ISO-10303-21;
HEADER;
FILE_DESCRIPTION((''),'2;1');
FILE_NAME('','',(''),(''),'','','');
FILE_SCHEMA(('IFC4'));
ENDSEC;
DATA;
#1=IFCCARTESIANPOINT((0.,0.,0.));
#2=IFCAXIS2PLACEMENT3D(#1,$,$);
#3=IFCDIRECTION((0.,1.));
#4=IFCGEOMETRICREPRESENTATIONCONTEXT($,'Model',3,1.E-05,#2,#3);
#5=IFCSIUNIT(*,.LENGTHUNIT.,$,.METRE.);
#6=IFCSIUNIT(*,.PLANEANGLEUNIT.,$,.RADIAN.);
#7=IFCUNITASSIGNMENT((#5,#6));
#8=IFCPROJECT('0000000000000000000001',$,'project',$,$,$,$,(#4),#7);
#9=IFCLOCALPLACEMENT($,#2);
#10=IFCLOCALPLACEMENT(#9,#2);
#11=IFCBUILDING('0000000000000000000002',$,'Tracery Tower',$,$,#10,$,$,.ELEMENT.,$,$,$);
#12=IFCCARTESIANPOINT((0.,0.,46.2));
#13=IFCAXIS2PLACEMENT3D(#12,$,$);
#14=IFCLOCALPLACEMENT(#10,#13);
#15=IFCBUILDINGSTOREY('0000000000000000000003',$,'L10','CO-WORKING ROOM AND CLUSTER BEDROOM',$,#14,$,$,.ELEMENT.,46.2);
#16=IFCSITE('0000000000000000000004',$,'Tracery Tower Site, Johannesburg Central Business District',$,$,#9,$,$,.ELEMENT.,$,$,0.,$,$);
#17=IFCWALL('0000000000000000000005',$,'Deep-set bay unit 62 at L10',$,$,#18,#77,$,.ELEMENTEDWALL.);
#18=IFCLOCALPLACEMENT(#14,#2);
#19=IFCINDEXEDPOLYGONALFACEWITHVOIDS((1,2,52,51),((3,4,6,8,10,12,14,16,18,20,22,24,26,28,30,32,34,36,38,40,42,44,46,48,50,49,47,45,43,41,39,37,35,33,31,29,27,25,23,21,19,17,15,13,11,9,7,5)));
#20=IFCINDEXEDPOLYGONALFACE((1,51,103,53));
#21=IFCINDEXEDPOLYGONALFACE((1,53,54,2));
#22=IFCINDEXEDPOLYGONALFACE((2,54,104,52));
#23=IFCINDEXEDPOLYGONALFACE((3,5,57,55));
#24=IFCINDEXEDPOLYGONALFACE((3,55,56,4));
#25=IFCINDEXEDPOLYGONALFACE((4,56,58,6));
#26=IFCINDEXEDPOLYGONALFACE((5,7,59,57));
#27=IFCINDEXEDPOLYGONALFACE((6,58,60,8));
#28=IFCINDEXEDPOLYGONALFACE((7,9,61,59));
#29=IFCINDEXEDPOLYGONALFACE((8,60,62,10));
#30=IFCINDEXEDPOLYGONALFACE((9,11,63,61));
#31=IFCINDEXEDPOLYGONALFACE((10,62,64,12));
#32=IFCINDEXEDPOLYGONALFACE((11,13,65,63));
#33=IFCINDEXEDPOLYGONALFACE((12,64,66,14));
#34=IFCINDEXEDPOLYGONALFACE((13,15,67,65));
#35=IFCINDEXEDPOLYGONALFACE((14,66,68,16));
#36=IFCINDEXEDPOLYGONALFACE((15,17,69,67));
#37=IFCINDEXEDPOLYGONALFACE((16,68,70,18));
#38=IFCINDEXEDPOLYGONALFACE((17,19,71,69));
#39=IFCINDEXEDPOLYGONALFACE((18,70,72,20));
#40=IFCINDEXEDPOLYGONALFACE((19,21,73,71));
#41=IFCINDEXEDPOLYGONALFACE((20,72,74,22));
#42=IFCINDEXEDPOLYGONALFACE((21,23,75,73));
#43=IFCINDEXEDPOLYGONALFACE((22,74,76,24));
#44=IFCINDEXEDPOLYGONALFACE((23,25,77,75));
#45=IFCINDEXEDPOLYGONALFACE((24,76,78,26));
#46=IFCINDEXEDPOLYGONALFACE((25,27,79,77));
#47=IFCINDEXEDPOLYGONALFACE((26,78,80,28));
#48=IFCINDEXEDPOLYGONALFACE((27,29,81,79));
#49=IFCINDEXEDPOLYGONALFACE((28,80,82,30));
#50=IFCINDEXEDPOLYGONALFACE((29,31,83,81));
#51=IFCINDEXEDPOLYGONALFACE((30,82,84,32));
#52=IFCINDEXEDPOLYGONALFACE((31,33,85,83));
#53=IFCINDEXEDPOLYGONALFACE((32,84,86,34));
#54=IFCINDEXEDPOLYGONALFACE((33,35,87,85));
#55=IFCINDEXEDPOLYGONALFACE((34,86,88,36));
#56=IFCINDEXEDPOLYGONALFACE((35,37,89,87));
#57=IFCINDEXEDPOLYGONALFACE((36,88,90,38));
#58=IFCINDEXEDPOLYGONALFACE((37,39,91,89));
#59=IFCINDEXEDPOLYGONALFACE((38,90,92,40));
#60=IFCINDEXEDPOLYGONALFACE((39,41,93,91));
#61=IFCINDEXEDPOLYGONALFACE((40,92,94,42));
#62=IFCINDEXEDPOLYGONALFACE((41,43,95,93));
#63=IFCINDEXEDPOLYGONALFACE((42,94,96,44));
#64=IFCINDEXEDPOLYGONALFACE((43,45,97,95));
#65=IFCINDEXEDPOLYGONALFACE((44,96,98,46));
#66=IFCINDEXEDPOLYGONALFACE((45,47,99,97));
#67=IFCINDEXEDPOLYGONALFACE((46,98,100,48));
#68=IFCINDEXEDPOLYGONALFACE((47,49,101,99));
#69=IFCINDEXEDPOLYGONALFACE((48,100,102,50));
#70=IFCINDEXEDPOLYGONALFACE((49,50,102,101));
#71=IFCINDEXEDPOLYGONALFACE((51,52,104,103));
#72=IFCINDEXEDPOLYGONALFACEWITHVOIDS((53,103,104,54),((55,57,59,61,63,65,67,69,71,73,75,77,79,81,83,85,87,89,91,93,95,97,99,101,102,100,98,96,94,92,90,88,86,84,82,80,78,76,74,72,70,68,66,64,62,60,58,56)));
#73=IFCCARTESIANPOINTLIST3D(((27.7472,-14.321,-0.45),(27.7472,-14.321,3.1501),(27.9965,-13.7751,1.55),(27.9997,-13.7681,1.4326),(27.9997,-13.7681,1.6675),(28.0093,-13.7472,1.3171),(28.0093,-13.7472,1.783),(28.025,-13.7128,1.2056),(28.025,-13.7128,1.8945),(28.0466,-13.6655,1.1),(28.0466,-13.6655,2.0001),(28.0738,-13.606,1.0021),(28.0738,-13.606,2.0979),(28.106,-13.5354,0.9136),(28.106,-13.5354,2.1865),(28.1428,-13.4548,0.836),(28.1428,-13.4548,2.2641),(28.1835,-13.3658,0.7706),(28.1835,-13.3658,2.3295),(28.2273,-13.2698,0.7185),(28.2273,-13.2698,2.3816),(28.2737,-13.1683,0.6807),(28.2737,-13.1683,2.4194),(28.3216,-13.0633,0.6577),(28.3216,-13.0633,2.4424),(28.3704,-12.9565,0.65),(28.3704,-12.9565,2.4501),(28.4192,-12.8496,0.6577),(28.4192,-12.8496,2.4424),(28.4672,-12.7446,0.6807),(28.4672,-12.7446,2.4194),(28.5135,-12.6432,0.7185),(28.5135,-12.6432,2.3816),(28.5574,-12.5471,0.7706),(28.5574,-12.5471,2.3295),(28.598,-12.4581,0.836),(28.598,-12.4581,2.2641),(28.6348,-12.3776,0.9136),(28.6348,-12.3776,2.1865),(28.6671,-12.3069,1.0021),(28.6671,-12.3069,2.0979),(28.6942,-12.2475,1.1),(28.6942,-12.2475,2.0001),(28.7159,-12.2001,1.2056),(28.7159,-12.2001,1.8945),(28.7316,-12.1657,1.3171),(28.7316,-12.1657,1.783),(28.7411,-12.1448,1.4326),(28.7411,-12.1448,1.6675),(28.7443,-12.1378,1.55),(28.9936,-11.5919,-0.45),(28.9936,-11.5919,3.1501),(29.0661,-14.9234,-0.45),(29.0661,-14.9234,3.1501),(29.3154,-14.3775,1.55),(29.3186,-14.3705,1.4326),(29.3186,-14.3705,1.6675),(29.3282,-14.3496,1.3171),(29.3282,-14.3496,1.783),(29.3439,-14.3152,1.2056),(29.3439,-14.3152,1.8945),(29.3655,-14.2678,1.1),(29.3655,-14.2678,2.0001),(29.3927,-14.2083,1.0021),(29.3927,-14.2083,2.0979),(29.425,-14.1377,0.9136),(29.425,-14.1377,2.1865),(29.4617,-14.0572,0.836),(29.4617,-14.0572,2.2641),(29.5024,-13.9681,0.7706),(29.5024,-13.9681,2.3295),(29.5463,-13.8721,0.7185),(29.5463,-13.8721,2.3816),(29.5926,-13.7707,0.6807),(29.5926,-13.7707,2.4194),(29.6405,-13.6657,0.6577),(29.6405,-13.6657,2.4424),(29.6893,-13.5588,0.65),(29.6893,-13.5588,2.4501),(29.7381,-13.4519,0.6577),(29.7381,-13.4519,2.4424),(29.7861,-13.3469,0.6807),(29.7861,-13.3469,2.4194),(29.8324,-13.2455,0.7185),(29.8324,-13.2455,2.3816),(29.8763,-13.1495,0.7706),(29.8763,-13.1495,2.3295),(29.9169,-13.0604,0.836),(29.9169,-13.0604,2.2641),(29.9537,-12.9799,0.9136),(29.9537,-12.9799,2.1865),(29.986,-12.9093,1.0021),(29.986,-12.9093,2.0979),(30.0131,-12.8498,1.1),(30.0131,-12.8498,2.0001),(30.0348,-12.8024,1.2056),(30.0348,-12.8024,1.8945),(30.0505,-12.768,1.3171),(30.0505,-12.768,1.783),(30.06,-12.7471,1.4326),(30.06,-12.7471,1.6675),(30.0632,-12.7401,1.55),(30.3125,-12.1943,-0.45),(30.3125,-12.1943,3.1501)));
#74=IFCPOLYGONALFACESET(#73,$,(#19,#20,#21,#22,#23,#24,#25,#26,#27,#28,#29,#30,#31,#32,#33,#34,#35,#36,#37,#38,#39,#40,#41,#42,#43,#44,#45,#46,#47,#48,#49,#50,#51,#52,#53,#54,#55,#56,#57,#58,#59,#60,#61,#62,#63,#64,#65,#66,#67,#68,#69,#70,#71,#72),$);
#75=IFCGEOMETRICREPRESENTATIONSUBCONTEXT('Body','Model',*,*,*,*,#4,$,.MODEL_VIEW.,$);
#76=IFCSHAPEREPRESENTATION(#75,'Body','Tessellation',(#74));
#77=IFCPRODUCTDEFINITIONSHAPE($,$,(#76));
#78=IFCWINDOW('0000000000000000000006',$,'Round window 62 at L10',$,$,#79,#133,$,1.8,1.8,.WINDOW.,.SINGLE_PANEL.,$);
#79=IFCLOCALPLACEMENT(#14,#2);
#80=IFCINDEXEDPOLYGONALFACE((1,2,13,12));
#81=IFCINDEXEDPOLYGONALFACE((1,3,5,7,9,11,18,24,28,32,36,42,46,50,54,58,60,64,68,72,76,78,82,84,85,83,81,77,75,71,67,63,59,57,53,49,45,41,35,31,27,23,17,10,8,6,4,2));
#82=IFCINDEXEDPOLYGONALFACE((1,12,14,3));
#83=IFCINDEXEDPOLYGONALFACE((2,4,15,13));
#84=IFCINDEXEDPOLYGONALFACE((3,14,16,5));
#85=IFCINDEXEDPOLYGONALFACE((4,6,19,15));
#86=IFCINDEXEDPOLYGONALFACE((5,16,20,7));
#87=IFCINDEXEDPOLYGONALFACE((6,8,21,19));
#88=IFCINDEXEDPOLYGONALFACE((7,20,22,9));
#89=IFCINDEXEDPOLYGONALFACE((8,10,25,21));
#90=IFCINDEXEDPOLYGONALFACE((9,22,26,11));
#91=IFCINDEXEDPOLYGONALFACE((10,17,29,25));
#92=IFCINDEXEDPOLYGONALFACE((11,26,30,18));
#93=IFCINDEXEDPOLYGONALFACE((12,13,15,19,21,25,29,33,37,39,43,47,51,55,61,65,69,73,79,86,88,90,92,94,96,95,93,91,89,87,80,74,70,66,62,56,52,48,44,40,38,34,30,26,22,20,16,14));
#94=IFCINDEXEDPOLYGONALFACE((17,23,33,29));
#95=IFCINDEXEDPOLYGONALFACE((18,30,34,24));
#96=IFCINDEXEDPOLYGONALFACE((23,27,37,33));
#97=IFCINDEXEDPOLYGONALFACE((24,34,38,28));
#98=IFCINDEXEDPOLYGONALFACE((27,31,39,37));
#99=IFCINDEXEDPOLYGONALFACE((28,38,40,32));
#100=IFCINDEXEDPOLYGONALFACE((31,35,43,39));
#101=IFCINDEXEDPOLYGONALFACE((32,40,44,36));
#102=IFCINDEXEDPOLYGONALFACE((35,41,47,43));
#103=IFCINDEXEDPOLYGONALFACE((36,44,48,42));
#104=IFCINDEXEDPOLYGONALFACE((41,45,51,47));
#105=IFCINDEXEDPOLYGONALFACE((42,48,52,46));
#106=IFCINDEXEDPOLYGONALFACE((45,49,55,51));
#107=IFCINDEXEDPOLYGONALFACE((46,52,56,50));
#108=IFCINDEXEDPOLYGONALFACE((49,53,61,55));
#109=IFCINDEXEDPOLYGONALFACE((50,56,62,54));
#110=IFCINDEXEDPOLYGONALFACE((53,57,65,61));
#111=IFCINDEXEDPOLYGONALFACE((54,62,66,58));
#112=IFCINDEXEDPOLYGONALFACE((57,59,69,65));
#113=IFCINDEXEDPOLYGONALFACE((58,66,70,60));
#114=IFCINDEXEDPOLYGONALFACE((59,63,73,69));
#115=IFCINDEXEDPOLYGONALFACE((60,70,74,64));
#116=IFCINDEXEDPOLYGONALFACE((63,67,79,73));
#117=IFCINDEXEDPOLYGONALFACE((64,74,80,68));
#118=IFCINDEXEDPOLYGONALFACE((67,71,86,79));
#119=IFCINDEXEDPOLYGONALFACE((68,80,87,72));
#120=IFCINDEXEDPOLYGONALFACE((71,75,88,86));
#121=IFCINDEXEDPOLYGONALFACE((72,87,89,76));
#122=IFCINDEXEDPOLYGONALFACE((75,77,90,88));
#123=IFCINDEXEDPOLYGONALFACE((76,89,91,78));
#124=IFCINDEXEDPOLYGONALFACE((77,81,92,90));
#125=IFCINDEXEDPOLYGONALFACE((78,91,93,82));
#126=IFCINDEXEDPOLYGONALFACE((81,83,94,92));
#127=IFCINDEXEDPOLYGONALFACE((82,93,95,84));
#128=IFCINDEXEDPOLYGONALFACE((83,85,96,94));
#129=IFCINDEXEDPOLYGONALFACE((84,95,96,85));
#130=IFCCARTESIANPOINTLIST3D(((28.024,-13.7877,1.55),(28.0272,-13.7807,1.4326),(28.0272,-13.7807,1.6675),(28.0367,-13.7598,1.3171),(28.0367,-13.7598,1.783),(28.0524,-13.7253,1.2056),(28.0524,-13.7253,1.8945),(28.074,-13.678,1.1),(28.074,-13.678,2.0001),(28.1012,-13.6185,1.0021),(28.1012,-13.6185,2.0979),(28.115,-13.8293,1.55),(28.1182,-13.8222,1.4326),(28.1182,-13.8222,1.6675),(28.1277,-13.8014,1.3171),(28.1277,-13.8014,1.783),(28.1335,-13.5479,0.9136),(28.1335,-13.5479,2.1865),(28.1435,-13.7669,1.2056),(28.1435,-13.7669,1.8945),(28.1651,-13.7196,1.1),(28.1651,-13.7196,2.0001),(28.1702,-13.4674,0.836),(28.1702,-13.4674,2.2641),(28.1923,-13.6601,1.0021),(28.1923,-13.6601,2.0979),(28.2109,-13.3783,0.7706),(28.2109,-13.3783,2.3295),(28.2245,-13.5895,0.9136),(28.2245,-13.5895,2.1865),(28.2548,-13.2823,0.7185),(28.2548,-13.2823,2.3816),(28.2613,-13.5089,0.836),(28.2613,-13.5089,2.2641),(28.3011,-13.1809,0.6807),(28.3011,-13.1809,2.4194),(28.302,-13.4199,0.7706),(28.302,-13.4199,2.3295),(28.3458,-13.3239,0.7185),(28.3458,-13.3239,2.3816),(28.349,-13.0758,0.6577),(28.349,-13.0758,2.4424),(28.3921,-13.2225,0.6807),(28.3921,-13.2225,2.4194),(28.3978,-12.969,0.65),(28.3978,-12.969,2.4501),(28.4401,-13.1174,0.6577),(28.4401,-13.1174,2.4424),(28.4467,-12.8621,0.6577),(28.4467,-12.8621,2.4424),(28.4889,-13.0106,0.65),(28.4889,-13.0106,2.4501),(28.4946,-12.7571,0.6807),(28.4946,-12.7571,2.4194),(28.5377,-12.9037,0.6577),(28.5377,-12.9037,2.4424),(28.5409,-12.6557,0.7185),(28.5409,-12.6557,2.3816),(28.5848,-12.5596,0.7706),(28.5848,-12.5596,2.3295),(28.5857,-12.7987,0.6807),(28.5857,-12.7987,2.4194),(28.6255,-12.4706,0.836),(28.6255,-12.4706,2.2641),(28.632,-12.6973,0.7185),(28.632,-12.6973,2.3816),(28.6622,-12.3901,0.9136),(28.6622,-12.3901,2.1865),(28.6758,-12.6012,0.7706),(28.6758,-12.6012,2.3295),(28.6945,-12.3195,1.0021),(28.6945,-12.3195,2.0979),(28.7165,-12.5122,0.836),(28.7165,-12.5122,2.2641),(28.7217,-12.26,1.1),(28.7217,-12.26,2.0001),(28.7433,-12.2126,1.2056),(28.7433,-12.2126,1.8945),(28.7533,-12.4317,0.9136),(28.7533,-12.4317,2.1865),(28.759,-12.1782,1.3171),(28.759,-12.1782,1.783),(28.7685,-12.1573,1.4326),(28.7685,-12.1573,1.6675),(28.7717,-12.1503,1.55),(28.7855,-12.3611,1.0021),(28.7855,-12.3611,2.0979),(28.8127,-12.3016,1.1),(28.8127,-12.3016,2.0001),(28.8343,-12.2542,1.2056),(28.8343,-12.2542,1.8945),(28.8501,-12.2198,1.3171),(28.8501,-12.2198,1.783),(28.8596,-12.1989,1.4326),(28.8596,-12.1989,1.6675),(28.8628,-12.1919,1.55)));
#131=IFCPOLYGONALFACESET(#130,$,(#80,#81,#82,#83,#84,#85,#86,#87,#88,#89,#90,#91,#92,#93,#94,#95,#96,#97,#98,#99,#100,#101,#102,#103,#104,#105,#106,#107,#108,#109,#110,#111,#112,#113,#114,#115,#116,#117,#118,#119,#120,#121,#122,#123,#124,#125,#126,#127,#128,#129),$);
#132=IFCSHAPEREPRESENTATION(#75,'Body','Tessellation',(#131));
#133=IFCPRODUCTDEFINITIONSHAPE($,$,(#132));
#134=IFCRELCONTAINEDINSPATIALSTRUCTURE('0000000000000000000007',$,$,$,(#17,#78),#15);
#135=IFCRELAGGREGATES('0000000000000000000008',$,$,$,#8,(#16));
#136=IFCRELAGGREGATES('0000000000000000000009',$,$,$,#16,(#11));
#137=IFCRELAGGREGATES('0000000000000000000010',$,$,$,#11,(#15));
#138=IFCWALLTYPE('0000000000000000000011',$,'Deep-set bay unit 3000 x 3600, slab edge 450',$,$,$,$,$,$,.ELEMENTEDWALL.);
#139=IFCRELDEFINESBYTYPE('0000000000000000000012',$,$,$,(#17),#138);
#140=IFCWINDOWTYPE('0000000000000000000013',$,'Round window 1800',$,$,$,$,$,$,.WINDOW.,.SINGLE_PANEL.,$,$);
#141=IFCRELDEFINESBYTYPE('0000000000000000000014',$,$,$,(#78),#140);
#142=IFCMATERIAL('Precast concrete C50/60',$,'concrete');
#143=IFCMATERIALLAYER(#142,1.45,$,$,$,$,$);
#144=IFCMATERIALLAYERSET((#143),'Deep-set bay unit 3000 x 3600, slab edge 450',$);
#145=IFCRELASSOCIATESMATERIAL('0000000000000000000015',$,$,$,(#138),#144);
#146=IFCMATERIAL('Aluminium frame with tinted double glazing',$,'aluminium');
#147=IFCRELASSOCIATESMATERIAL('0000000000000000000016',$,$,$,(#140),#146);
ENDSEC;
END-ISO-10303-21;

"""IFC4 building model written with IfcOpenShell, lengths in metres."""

from ifc_helpers import new_model, si_unit, direction, frame, frame_2d, origin, origin_2d, place, context, subcontext, project, spatial, rectangle, circle, extrude, material, layer, layer_set, type_object, element, fill, save


model = new_model("IFC4")

# Units and contexts
model_context = context("Model", 3, precision=1e-05, world=origin(), true_north=direction((0.0, 1.0)))
body_context = subcontext(model_context, "Body", "Model", "MODEL_VIEW")
ifc_project = project(units=[si_unit("LENGTHUNIT", "METRE"), si_unit("PLANEANGLEUNIT", "RADIAN")], contexts=[model_context])

# Site, building, storey
site_placement = place(None, origin())
site = spatial("IfcSite", under=ifc_project, at=site_placement, Name="Tracery Tower Site, Johannesburg Central Business District", CompositionType="ELEMENT", RefElevation=0.0)
building_placement = place(site_placement, origin())
building = spatial("IfcBuilding", under=site, at=building_placement, Name="Tracery Tower", CompositionType="ELEMENT")
storey_placement = place(building_placement, frame((0.0, 0.0, 46.2)))
storey = spatial("IfcBuildingStorey", under=building, at=storey_placement, Name="L10", Description="CO-WORKING ROOM AND CLUSTER BEDROOM", CompositionType="ELEMENT", Elevation=46.2)

# Wall, opening, window
ifc_material_1 = material(Name="Precast concrete C50/60", Category="concrete")
ifc_layer_1 = layer(ifc_material_1, 1.45)
ifc_layer_set_1 = layer_set([ifc_layer_1], Name="Deep-set bay unit 3000 x 3600, slab edge 450")
wall_type_1 = type_object("IfcWallType", Name="Deep-set bay unit 3000 x 3600, slab edge 450", PredefinedType="ELEMENTEDWALL", material=ifc_layer_set_1)
ifc_material_2 = material(Name="Aluminium frame with tinted double glazing", Category="aluminium")
window_type = type_object("IfcWindowType", Name="Round window 1800", PartitioningType="SINGLE_PANEL", PredefinedType="WINDOW", material=ifc_material_2)
wall_1_placement = place(storey_placement, frame((28.4067, -14.6221, -0.45), z_axis=(0.0, 0.0, 1.0), x_axis=(0.415427, 0.909627, 0.0)))
wall_1 = element("IfcWall", 1, at=wall_1_placement, inside=storey, type_object=wall_type_1, Name="Deep-set bay unit 62 at L10", PredefinedType="ELEMENTEDWALL", context=body_context, shape_type="SweptSolid", body=[
    extrude(rectangle(XDim=3.0002, YDim=1.45, at=frame_2d((1.5, 0.0))), origin(), (0.0, 0.0, 1.0), 3.6001),
])
opening_1_placement = place(wall_1_placement, frame((1.5, 0.0, 2.0)))
opening_1 = element("IfcOpeningElement", 2, at=opening_1_placement, cuts=wall_1, PredefinedType="OPENING", context=body_context, shape_type="SweptSolid", body=[
    extrude(circle(Radius=0.9, at=origin_2d()), frame((0.0, 0.7349, 0.0), z_axis=(0.0, -1.0, 0.0), x_axis=(1.0, 0.0, 0.0)), (0.0, 0.0, 1.0), 1.47),
])
window_1_placement = place(opening_1_placement, origin())
window_1 = element("IfcWindow", 3, at=window_1_placement, inside=storey, type_object=window_type, Name="Round window 62 at L10", OverallHeight=1.8, OverallWidth=1.8, PartitioningType="SINGLE_PANEL", PredefinedType="WINDOW", context=body_context, shape_type="SweptSolid", body=[
    extrude(circle(Radius=0.9, at=origin_2d()), frame((0.0, 0.6948, 0.0), z_axis=(0.0, -1.0, 0.0), x_axis=(1.0, 0.0, 0.0)), (0.0, 0.0, 1.0), 0.1001),
])
fill(opening_1, window_1)

save(model, "model.ifc")
